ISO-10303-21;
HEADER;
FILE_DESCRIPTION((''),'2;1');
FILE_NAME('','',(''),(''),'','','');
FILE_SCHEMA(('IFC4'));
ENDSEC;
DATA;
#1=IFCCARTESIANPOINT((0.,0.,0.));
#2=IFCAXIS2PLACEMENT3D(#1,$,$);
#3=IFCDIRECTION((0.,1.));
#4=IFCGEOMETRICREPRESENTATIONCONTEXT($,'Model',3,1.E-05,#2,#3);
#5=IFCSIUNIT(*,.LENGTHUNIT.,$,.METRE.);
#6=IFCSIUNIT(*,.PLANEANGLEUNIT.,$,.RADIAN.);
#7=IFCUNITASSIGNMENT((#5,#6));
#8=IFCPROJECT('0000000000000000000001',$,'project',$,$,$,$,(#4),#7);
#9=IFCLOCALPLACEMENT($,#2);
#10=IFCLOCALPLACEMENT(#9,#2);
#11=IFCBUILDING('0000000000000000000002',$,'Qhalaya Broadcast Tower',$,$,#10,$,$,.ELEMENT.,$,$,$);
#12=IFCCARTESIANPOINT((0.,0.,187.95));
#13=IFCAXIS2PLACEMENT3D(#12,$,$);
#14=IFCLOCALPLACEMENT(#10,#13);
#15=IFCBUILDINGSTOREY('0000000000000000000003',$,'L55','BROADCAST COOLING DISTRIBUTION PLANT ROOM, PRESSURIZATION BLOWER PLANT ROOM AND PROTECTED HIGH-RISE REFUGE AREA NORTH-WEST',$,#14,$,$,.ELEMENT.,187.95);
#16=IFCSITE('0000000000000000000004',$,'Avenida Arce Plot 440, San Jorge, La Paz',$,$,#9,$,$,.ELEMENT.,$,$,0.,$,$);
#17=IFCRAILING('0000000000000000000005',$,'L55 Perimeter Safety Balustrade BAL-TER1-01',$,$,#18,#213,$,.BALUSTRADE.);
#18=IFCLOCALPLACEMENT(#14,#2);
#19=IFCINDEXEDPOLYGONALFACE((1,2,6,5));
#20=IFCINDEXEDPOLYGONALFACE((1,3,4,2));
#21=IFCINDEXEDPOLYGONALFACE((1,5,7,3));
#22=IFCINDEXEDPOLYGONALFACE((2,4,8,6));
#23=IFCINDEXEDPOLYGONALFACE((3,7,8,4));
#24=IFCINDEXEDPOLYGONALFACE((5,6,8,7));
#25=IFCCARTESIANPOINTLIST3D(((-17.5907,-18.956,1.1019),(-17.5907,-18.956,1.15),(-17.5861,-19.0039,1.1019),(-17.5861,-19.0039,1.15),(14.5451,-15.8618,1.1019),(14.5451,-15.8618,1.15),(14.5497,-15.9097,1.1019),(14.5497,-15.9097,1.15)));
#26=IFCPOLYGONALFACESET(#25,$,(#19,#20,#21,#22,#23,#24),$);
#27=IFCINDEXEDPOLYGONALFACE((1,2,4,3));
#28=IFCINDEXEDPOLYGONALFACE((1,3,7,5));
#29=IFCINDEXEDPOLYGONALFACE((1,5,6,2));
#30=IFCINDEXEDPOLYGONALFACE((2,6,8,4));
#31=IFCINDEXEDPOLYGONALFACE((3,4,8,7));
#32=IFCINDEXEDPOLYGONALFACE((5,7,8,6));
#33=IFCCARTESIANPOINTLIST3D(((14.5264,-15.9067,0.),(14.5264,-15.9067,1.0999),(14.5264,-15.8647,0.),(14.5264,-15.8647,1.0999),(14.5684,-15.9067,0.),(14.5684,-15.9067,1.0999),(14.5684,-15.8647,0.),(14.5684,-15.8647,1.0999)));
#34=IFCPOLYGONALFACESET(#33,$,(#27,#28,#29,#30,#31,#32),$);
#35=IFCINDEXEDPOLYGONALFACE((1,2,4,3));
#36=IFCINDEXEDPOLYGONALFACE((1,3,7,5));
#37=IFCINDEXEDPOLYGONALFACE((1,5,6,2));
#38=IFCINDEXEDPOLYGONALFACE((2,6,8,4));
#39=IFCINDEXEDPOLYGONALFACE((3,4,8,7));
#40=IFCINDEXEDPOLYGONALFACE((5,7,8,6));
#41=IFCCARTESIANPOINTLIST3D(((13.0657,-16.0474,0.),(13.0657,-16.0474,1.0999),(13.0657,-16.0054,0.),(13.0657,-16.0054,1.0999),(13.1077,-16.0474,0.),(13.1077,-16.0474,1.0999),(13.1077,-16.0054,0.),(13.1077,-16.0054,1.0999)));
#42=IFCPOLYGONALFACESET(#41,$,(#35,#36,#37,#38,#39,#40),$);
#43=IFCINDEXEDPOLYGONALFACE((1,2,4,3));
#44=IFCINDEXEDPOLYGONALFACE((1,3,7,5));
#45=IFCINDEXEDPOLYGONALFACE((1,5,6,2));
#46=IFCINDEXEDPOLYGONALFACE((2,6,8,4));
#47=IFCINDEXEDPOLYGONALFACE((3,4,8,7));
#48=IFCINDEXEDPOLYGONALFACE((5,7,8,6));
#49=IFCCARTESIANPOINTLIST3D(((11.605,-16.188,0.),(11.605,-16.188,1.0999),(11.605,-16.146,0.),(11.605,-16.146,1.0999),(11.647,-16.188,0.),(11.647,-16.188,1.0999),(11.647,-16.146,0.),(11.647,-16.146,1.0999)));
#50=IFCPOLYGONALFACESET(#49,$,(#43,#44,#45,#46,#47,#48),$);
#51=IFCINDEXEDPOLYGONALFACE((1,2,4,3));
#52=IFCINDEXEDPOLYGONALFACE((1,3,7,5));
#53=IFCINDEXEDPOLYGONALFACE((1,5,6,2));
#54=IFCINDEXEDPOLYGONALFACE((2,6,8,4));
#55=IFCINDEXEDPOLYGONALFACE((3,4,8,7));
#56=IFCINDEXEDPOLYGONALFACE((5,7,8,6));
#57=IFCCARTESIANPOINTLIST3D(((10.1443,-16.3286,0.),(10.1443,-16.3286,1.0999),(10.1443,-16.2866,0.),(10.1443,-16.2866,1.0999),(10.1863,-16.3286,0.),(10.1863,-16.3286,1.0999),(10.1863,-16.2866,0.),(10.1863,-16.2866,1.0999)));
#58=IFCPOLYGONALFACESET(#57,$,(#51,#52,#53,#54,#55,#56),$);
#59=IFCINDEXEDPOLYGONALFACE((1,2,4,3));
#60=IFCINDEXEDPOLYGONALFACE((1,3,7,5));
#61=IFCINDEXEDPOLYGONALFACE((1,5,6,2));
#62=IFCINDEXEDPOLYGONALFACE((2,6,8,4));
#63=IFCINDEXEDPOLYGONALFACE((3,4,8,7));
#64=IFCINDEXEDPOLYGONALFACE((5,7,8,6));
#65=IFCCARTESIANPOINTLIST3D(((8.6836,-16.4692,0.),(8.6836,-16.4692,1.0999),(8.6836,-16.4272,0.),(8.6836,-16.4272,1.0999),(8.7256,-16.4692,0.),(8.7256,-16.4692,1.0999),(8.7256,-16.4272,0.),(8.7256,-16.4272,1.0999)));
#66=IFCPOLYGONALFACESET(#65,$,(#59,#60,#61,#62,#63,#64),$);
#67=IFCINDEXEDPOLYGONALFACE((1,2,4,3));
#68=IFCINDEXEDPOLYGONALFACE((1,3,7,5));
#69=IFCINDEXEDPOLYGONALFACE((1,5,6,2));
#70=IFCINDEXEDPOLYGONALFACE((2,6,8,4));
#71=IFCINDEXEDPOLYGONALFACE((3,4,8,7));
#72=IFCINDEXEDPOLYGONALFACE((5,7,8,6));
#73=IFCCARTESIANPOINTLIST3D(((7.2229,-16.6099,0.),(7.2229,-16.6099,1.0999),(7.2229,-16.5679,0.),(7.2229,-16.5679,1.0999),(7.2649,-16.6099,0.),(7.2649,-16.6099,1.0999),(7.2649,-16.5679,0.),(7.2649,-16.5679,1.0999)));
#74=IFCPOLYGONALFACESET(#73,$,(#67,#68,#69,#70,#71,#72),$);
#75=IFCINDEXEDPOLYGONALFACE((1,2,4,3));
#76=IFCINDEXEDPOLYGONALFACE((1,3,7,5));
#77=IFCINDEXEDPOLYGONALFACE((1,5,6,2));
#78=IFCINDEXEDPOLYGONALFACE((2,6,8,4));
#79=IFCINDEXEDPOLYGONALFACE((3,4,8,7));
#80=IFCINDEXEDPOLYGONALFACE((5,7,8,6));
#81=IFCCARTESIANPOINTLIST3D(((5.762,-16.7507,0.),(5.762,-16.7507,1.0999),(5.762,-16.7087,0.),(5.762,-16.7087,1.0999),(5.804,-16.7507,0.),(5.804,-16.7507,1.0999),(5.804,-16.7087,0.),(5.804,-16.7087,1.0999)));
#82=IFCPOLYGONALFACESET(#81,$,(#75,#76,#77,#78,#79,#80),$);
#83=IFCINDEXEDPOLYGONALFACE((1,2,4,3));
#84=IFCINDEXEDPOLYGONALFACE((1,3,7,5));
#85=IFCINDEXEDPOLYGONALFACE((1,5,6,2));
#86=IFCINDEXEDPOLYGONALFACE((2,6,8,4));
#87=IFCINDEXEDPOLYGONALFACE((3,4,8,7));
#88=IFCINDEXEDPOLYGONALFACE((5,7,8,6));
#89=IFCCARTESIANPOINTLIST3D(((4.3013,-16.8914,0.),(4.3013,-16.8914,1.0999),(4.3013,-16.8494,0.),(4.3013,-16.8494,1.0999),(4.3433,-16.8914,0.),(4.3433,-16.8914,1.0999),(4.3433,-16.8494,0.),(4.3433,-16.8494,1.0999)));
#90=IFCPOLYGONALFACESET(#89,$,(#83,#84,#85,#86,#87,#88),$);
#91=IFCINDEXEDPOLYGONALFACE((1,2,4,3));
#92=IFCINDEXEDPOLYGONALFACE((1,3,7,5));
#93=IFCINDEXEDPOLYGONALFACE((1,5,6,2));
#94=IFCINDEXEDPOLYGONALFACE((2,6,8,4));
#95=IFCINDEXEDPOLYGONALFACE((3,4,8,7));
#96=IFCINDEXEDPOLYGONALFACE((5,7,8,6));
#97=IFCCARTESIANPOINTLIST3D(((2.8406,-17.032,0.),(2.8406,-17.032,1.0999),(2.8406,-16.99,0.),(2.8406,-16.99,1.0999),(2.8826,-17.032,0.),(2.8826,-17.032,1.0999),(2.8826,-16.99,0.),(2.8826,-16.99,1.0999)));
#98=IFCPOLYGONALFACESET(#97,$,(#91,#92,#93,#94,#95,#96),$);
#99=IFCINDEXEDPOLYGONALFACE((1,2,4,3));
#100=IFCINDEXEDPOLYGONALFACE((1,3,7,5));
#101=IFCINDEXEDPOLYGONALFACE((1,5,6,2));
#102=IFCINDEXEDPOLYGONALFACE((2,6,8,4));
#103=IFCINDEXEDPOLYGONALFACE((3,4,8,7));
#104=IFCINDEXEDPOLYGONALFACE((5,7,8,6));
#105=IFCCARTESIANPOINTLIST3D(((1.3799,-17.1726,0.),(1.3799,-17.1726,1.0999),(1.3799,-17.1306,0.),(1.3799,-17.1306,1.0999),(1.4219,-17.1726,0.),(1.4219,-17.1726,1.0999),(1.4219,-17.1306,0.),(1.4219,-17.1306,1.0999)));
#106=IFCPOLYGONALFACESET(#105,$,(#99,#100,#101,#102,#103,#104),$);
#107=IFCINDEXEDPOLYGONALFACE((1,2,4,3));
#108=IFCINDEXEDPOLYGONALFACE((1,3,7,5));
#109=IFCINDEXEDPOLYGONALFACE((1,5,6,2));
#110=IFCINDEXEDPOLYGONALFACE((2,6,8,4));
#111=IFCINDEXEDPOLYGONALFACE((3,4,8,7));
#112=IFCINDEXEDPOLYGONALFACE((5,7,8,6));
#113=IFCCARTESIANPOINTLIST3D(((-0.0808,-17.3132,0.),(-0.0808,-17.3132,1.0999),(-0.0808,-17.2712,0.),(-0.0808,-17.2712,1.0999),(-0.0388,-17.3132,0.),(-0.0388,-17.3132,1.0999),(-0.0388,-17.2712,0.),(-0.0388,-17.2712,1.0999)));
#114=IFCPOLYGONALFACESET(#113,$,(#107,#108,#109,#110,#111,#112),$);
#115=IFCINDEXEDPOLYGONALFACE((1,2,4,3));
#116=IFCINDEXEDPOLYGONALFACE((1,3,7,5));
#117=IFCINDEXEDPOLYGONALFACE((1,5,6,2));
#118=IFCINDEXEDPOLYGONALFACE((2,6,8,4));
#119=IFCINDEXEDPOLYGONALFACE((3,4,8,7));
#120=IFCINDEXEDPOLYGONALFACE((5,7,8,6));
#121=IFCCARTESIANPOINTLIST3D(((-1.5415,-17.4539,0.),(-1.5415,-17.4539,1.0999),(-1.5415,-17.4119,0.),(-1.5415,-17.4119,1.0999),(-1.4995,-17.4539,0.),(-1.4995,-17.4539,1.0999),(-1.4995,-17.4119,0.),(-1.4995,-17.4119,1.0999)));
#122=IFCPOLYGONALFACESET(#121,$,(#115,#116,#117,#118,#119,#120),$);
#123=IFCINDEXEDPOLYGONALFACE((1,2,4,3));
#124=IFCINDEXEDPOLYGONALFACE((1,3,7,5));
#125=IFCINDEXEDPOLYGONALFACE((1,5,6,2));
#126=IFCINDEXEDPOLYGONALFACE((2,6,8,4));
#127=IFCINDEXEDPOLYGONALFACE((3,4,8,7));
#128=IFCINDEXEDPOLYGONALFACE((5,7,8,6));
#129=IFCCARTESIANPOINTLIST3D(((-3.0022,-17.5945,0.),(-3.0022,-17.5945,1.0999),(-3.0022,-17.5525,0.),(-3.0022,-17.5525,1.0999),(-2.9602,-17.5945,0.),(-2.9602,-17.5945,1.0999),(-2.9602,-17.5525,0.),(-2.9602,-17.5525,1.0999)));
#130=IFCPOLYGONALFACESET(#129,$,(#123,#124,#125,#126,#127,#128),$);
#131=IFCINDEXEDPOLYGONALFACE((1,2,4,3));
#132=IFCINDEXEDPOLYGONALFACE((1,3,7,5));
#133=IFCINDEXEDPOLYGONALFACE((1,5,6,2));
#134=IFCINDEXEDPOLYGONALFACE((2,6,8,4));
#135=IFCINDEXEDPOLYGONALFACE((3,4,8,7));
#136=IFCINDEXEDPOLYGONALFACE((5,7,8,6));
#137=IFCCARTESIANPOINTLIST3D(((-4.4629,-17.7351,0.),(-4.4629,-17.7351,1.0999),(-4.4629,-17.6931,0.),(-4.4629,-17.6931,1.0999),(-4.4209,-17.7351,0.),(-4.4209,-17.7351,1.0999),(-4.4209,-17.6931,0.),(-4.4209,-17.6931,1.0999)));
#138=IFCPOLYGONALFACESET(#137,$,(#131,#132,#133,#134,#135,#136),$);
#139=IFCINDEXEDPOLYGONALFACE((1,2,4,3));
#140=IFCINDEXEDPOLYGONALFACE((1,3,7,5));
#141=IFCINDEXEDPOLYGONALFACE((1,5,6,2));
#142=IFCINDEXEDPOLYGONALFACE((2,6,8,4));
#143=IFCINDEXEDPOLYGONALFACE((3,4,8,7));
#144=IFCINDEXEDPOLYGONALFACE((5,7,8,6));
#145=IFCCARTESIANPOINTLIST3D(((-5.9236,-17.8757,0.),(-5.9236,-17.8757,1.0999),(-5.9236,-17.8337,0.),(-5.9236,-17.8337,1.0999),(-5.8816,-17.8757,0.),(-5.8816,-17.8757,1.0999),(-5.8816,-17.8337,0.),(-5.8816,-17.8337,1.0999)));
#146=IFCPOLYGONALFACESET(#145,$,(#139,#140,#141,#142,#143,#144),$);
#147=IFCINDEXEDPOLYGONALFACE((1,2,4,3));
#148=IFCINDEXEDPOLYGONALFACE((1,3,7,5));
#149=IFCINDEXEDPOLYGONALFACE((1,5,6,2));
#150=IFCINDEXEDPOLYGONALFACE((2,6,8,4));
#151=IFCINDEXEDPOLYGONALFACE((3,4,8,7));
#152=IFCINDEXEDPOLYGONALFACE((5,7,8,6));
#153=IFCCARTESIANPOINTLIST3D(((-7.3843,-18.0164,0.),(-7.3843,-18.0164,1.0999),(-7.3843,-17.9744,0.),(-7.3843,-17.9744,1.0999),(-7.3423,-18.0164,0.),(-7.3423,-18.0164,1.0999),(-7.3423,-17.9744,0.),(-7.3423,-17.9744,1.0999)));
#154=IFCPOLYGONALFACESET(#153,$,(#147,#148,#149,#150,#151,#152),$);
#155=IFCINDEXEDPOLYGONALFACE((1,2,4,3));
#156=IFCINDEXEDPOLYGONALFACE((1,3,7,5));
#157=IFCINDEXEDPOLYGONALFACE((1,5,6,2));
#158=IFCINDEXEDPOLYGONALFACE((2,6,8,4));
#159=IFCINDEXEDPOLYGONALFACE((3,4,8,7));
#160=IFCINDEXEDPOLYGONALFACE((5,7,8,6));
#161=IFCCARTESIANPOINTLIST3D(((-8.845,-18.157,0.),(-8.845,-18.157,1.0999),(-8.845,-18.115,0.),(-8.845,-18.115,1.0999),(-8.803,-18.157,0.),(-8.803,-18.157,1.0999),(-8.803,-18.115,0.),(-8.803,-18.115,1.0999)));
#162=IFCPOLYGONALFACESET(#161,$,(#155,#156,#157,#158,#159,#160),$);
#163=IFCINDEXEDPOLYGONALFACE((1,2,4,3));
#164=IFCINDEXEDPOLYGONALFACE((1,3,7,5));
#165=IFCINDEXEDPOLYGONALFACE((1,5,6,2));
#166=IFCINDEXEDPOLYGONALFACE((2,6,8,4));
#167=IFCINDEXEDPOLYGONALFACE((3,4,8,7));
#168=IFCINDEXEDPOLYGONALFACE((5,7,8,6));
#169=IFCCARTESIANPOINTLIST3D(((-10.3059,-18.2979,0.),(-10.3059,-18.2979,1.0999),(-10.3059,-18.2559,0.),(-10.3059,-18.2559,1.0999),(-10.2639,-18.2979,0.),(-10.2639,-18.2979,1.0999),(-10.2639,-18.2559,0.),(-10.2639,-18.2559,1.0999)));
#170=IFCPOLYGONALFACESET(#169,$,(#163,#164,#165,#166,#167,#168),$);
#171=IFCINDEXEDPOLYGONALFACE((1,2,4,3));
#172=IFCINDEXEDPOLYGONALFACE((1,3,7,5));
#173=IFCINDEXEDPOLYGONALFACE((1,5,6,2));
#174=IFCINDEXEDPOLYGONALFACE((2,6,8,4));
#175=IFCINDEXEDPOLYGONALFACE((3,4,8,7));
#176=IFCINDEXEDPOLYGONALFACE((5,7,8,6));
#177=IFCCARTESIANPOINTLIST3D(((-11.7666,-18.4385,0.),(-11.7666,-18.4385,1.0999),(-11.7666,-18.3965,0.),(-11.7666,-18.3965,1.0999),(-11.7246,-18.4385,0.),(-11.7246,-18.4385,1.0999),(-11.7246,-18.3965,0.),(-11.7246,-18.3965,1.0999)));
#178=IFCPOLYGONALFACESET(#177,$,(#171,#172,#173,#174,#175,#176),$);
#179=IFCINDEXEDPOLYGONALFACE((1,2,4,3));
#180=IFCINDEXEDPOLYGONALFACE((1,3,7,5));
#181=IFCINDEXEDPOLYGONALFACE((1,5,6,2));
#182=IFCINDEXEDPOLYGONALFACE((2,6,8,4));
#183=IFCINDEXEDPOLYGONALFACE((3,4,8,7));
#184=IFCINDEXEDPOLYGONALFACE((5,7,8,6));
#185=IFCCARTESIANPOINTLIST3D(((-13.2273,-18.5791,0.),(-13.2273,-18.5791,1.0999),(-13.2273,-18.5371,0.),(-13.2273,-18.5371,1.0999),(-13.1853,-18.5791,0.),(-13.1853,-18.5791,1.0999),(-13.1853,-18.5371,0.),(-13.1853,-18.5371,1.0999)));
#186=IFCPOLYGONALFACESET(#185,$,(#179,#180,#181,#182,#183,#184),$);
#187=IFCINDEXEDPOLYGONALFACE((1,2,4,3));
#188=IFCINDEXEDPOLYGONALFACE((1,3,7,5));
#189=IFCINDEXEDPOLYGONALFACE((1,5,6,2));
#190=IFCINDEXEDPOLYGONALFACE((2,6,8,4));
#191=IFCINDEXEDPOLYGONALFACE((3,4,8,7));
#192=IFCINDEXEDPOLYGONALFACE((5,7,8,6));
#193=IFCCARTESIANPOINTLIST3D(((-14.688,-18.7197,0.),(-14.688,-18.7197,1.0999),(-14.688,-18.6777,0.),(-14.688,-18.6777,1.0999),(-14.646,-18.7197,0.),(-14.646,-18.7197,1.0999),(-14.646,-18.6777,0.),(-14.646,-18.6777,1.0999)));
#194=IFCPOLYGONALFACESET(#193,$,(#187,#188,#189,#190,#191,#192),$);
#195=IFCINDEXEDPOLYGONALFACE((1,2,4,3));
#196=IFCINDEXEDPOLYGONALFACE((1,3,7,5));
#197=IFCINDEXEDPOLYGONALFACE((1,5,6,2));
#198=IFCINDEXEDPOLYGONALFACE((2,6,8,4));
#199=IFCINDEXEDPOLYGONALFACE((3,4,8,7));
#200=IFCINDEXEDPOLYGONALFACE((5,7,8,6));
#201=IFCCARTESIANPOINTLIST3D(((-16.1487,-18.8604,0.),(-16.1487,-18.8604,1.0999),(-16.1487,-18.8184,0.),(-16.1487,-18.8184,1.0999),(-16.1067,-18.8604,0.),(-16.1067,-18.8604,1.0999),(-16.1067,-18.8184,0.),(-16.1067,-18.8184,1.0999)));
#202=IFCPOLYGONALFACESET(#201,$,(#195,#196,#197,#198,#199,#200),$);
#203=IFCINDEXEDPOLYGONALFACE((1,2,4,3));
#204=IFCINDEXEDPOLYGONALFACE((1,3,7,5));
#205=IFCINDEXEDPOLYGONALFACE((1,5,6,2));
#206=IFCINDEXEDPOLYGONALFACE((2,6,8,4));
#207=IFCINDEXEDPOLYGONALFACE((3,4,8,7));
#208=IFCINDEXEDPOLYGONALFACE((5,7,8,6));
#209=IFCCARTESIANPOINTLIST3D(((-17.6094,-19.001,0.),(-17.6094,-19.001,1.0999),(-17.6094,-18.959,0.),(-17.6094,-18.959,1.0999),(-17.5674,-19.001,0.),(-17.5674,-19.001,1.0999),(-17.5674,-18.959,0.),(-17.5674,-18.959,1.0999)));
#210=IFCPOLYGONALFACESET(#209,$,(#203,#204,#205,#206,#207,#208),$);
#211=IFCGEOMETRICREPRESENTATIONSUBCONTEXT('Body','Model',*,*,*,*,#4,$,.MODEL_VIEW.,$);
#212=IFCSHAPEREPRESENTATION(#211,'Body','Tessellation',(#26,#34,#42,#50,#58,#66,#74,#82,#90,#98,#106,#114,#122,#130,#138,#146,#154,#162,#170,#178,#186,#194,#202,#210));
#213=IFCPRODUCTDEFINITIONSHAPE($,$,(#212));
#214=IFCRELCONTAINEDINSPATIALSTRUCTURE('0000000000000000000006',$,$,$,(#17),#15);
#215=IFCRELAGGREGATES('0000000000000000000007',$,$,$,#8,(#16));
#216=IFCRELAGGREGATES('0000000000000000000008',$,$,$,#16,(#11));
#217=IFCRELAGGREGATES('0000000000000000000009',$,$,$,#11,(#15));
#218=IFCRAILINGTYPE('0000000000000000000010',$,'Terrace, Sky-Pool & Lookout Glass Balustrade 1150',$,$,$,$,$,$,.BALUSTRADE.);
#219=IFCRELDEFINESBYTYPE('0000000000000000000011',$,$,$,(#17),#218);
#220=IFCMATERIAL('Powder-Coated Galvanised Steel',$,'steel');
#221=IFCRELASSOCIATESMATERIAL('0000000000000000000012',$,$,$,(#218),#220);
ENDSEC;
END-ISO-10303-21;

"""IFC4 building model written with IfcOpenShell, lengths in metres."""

from ifc_helpers import new_model, si_unit, direction, frame, origin, origin_2d, place, context, subcontext, project, spatial, rectangle, extrude, material, type_object, element, save


model = new_model("IFC4")

# Units and contexts
model_context = context("Model", 3, precision=1e-05, world=origin(), true_north=direction((0.0, 1.0)))
body_context = subcontext(model_context, "Body", "Model", "MODEL_VIEW")
ifc_project = project(units=[si_unit("LENGTHUNIT", "METRE"), si_unit("PLANEANGLEUNIT", "RADIAN")], contexts=[model_context])

# Site, building, storey
site_placement = place(None, origin())
site = spatial("IfcSite", under=ifc_project, at=site_placement, Name="Avenida Arce Plot 440, San Jorge, La Paz", CompositionType="ELEMENT", RefElevation=0.0)
building_placement = place(site_placement, origin())
building = spatial("IfcBuilding", under=site, at=building_placement, Name="Qhalaya Broadcast Tower", CompositionType="ELEMENT")
storey_placement = place(building_placement, frame((0.0, 0.0, 187.95)))
storey = spatial("IfcBuildingStorey", under=building, at=storey_placement, Name="L55", Description="BROADCAST COOLING DISTRIBUTION PLANT ROOM, PRESSURIZATION BLOWER PLANT ROOM AND PROTECTED HIGH-RISE REFUGE AREA NORTH-WEST", CompositionType="ELEMENT", Elevation=187.95)

# Railing
ifc_material_1 = material(Name="Powder-Coated Galvanised Steel", Category="steel")
railing_type = type_object("IfcRailingType", Name="Terrace, Sky-Pool & Lookout Glass Balustrade 1150", PredefinedType="BALUSTRADE", material=ifc_material_1)
railing_1_placement = place(storey_placement, frame((14.5474, -15.8857, 0.0)))
element("IfcRailing", 1, at=railing_1_placement, inside=storey, type_object=railing_type, Name="L55 Perimeter Safety Balustrade BAL-TER1-01", PredefinedType="BALUSTRADE", context=body_context, shape_type="SweptSolid", body=[
    extrude(rectangle(XDim=0.0481, YDim=0.0481, at=origin_2d()), frame((0.0, 0.0, 1.126), z_axis=(-0.995396, -0.095843, 0.0), x_axis=(0.095843, -0.995396, 0.0)), (0.0, 0.0, 1.0), 32.2844),
    extrude(rectangle(XDim=0.042, YDim=0.042, at=origin_2d()), origin(), (0.0, 0.0, 1.0), 1.0999),
    extrude(rectangle(XDim=0.042, YDim=0.042, at=origin_2d()), frame((-1.4607, -0.1406, 0.0)), (0.0, 0.0, 1.0), 1.0999),
    extrude(rectangle(XDim=0.042, YDim=0.042, at=origin_2d()), frame((-2.9214, -0.2812, 0.0)), (0.0, 0.0, 1.0), 1.0999),
    extrude(rectangle(XDim=0.042, YDim=0.042, at=origin_2d()), frame((-4.3821, -0.4219, 0.0)), (0.0, 0.0, 1.0), 1.0999),
    extrude(rectangle(XDim=0.042, YDim=0.042, at=origin_2d()), frame((-5.8428, -0.5625, 0.0)), (0.0, 0.0, 1.0), 1.0999),
    extrude(rectangle(XDim=0.042, YDim=0.042, at=origin_2d()), frame((-7.3035, -0.7031, 0.0)), (0.0, 0.0, 1.0), 1.0999),
    extrude(rectangle(XDim=0.042, YDim=0.042, at=origin_2d()), frame((-8.7644, -0.844, 0.0)), (0.0, 0.0, 1.0), 1.0999),
    extrude(rectangle(XDim=0.042, YDim=0.042, at=origin_2d()), frame((-10.2251, -0.9846, 0.0)), (0.0, 0.0, 1.0), 1.0999),
    extrude(rectangle(XDim=0.042, YDim=0.042, at=origin_2d()), frame((-11.6858, -1.1252, 0.0)), (0.0, 0.0, 1.0), 1.0999),
    extrude(rectangle(XDim=0.042, YDim=0.042, at=origin_2d()), frame((-13.1465, -1.2659, 0.0)), (0.0, 0.0, 1.0), 1.0999),
    extrude(rectangle(XDim=0.042, YDim=0.042, at=origin_2d()), frame((-14.6072, -1.4065, 0.0)), (0.0, 0.0, 1.0), 1.0999),
    extrude(rectangle(XDim=0.042, YDim=0.042, at=origin_2d()), frame((-16.0679, -1.5471, 0.0)), (0.0, 0.0, 1.0), 1.0999),
    extrude(rectangle(XDim=0.042, YDim=0.042, at=origin_2d()), frame((-17.5286, -1.6877, 0.0)), (0.0, 0.0, 1.0), 1.0999),
    extrude(rectangle(XDim=0.042, YDim=0.042, at=origin_2d()), frame((-18.9893, -1.8284, 0.0)), (0.0, 0.0, 1.0), 1.0999),
    extrude(rectangle(XDim=0.042, YDim=0.042, at=origin_2d()), frame((-20.45, -1.969, 0.0)), (0.0, 0.0, 1.0), 1.0999),
    extrude(rectangle(XDim=0.042, YDim=0.042, at=origin_2d()), frame((-21.9106, -2.1096, 0.0)), (0.0, 0.0, 1.0), 1.0999),
    extrude(rectangle(XDim=0.042, YDim=0.042, at=origin_2d()), frame((-23.3713, -2.2502, 0.0)), (0.0, 0.0, 1.0), 1.0999),
    extrude(rectangle(XDim=0.042, YDim=0.042, at=origin_2d()), frame((-24.8323, -2.3911, 0.0)), (0.0, 0.0, 1.0), 1.0999),
    extrude(rectangle(XDim=0.042, YDim=0.042, at=origin_2d()), frame((-26.293, -2.5317, 0.0)), (0.0, 0.0, 1.0), 1.0999),
    extrude(rectangle(XDim=0.042, YDim=0.042, at=origin_2d()), frame((-27.7537, -2.6724, 0.0)), (0.0, 0.0, 1.0), 1.0999),
    extrude(rectangle(XDim=0.042, YDim=0.042, at=origin_2d()), frame((-29.2144, -2.813, 0.0)), (0.0, 0.0, 1.0), 1.0999),
    extrude(rectangle(XDim=0.042, YDim=0.042, at=origin_2d()), frame((-30.675, -2.9536, 0.0)), (0.0, 0.0, 1.0), 1.0999),
    extrude(rectangle(XDim=0.042, YDim=0.042, at=origin_2d()), frame((-32.1357, -3.0942, 0.0)), (0.0, 0.0, 1.0), 1.0999),
])

save(model, "model.ifc")
